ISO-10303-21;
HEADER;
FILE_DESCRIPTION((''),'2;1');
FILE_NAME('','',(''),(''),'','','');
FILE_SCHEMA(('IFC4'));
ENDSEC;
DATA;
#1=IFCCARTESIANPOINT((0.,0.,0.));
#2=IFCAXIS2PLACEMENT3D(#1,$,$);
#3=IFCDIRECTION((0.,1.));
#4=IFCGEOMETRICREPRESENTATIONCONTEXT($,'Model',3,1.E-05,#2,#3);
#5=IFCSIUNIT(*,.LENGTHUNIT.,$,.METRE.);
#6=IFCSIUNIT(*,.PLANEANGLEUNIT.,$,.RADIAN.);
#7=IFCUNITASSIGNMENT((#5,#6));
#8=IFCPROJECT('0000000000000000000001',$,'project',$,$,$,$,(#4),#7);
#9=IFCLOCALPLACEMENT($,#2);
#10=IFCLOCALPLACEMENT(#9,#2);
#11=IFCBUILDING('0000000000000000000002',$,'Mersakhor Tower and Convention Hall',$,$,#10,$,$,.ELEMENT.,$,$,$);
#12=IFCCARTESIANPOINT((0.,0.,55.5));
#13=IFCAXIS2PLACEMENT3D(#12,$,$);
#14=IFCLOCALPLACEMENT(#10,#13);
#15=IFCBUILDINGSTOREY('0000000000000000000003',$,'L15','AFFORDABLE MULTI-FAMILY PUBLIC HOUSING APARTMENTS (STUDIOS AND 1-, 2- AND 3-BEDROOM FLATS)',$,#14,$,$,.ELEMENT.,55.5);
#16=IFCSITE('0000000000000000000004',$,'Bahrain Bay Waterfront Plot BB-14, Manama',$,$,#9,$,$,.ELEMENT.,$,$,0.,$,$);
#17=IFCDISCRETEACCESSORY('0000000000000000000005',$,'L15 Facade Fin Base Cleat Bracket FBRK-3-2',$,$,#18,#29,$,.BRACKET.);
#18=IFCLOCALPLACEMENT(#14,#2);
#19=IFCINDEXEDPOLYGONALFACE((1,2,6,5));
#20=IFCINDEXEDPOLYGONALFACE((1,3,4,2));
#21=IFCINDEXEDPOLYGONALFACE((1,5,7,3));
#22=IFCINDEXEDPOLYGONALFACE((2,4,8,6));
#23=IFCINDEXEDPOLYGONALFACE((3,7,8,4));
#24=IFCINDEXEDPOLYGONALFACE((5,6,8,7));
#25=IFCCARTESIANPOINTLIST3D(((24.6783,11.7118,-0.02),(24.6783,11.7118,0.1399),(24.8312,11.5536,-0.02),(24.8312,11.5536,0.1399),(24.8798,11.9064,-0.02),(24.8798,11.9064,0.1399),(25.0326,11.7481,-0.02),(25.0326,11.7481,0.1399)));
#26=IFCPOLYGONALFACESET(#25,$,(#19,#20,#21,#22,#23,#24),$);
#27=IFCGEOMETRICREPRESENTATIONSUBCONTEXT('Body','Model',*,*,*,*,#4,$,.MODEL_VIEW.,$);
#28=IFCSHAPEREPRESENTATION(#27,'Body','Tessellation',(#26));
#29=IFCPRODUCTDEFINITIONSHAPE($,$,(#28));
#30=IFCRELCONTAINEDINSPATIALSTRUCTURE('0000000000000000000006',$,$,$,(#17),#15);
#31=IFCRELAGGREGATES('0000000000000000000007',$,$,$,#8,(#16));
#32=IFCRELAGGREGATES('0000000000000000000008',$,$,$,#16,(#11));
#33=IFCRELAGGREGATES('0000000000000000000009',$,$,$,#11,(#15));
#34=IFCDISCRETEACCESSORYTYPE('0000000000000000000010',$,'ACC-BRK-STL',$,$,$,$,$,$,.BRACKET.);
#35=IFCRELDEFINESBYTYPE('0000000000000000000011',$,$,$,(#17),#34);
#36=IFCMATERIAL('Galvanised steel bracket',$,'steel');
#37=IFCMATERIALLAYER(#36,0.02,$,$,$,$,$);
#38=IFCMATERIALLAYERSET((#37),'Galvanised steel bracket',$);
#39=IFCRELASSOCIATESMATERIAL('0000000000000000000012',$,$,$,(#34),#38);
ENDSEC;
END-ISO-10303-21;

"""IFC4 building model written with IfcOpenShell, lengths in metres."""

from ifc_helpers import new_model, si_unit, direction, frame, origin, origin_2d, place, context, subcontext, project, spatial, rectangle, extrude, material, layer, layer_set, type_object, element, save


model = new_model("IFC4")

# Units and contexts
model_context = context("Model", 3, precision=1e-05, world=origin(), true_north=direction((0.0, 1.0)))
body_context = subcontext(model_context, "Body", "Model", "MODEL_VIEW")
ifc_project = project(units=[si_unit("LENGTHUNIT", "METRE"), si_unit("PLANEANGLEUNIT", "RADIAN")], contexts=[model_context])

# Site, building, storey
site_placement = place(None, origin())
site = spatial("IfcSite", under=ifc_project, at=site_placement, Name="Bahrain Bay Waterfront Plot BB-14, Manama", CompositionType="ELEMENT", RefElevation=0.0)
building_placement = place(site_placement, origin())
building = spatial("IfcBuilding", under=site, at=building_placement, Name="Mersakhor Tower and Convention Hall", CompositionType="ELEMENT")
storey_placement = place(building_placement, frame((0.0, 0.0, 55.5)))
storey = spatial("IfcBuildingStorey", under=building, at=storey_placement, Name="L15", Description="AFFORDABLE MULTI-FAMILY PUBLIC HOUSING APARTMENTS (STUDIOS AND 1-, 2- AND 3-BEDROOM FLATS)", CompositionType="ELEMENT", Elevation=55.5)

# Discrete accessory
ifc_material_1 = material(Name="Galvanised steel bracket", Category="steel")
ifc_layer_1 = layer(ifc_material_1, 0.02)
ifc_layer_set_1 = layer_set([ifc_layer_1], Name="Galvanised steel bracket")
discrete_accessory_type = type_object("IfcDiscreteAccessoryType", Name="ACC-BRK-STL", PredefinedType="BRACKET", material=ifc_layer_set_1)
discrete_accessory_1_placement = place(storey_placement, frame((24.8555, 11.73, -0.02), z_axis=(0.0, 0.0, 1.0), x_axis=(-0.71934, -0.694658, 0.0)))
element("IfcDiscreteAccessory", 1, at=discrete_accessory_1_placement, inside=storey, type_object=discrete_accessory_type, Name="L15 Facade Fin Base Cleat Bracket FBRK-3-2", PredefinedType="BRACKET", context=body_context, shape_type="SweptSolid", body=[
    extrude(rectangle(XDim=0.28, YDim=0.22, at=origin_2d()), origin(), (0.0, 0.0, 1.0), 0.1599),
])

save(model, "model.ifc")
